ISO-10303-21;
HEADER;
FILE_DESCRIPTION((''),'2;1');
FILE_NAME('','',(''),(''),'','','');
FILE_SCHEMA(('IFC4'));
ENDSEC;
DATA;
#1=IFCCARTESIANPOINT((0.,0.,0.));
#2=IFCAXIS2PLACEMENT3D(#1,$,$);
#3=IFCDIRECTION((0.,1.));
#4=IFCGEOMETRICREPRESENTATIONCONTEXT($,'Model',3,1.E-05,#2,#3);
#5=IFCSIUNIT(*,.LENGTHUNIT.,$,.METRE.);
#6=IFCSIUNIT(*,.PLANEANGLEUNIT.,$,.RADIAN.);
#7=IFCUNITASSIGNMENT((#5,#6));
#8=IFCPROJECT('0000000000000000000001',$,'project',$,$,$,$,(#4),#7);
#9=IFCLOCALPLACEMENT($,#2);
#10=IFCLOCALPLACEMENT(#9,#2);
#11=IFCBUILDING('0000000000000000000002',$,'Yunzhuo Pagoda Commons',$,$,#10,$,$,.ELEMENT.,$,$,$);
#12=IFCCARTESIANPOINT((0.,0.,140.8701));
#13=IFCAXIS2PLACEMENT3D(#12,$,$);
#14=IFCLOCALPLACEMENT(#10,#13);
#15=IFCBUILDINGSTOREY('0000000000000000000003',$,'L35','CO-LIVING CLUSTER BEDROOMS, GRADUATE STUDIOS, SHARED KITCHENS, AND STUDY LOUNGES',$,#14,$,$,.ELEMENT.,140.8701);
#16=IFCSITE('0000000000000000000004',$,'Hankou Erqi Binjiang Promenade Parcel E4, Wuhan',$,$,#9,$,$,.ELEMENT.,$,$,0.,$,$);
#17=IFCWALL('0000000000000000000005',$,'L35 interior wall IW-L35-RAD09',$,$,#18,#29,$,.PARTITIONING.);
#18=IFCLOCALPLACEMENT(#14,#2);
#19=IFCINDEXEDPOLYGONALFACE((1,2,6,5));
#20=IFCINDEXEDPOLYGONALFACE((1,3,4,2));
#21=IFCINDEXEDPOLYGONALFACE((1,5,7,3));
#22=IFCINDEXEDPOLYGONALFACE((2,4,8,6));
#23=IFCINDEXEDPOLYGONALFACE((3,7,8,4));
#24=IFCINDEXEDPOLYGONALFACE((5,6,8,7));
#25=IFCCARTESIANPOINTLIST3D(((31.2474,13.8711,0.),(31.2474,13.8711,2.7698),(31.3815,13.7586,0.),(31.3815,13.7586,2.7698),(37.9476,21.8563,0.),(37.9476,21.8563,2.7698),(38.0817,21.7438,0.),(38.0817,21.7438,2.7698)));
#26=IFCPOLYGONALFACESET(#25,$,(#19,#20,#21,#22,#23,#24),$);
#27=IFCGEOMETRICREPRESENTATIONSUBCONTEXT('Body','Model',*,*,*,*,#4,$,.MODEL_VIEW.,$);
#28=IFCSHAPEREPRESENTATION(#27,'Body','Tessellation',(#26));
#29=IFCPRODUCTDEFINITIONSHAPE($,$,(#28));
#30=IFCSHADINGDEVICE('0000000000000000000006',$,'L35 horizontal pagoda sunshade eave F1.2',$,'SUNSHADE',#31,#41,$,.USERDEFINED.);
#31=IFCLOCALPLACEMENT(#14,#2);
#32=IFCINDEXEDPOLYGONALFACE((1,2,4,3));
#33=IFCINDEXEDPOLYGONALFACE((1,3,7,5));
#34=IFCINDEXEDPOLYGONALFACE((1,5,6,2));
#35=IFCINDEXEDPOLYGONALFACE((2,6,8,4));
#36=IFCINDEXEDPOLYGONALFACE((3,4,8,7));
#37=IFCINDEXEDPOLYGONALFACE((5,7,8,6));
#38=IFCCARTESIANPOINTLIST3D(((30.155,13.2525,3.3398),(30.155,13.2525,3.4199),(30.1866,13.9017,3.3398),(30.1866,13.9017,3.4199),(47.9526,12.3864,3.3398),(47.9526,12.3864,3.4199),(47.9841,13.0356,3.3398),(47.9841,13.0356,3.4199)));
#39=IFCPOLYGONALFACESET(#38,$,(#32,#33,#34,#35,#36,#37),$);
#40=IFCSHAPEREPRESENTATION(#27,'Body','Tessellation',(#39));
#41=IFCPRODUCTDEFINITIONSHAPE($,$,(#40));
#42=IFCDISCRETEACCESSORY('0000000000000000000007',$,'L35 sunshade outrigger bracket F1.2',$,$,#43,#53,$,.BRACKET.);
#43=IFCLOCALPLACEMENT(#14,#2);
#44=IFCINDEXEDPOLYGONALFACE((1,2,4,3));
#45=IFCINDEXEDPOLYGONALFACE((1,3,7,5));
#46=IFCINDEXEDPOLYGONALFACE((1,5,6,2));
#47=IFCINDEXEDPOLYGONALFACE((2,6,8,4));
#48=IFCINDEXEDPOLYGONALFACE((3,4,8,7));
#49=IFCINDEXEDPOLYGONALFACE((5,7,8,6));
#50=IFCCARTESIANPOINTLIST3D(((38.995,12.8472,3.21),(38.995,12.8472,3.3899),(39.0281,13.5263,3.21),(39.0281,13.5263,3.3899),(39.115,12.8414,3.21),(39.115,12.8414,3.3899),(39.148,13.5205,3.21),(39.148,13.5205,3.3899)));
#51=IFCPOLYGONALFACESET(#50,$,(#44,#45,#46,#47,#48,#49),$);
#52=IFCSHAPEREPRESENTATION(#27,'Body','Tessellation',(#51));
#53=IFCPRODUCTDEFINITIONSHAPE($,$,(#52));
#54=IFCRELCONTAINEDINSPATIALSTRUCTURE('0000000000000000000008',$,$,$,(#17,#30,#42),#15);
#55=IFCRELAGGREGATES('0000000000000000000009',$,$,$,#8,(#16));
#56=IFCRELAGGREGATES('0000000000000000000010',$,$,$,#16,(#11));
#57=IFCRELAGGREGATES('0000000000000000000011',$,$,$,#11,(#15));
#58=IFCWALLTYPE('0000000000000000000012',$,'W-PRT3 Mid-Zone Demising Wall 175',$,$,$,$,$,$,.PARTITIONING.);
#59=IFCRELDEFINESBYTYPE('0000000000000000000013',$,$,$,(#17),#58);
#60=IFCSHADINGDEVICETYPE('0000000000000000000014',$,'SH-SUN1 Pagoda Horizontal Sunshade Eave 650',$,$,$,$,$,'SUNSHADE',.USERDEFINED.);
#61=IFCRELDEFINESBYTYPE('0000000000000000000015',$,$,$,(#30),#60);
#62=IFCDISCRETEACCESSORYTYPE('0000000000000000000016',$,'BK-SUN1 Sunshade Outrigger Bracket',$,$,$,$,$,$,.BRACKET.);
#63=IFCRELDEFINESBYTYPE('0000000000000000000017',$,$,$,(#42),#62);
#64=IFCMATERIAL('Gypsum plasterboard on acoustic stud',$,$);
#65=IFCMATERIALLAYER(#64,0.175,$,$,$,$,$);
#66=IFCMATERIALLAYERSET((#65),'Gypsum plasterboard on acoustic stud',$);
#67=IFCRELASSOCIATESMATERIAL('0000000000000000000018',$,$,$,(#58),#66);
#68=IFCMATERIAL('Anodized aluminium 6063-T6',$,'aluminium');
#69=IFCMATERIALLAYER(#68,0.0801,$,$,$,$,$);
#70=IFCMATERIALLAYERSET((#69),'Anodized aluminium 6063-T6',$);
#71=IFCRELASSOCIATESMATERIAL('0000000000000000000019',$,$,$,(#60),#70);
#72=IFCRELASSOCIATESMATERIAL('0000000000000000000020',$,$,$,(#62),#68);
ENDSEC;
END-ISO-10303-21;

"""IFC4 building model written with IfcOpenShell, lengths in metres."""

from ifc_helpers import new_model, si_unit, direction, frame, frame_2d, origin, origin_2d, place, context, subcontext, project, spatial, rectangle, extrude, source, transform, mapped, material, layer, layer_set, type_object, element, save


model = new_model("IFC4")

# Units and contexts
model_context = context("Model", 3, precision=1e-05, world=origin(), true_north=direction((0.0, 1.0)))
body_context = subcontext(model_context, "Body", "Model", "MODEL_VIEW")
ifc_project = project(units=[si_unit("LENGTHUNIT", "METRE"), si_unit("PLANEANGLEUNIT", "RADIAN")], contexts=[model_context])

# Site, building, storey
site_placement = place(None, origin())
site = spatial("IfcSite", under=ifc_project, at=site_placement, Name="Hankou Erqi Binjiang Promenade Parcel E4, Wuhan", CompositionType="ELEMENT", RefElevation=0.0)
building_placement = place(site_placement, origin())
building = spatial("IfcBuilding", under=site, at=building_placement, Name="Yunzhuo Pagoda Commons", CompositionType="ELEMENT")
storey_placement = place(building_placement, frame((0.0, 0.0, 140.8701)))
storey = spatial("IfcBuildingStorey", under=building, at=storey_placement, Name="L35", Description="CO-LIVING CLUSTER BEDROOMS, GRADUATE STUDIOS, SHARED KITCHENS, AND STUDY LOUNGES", CompositionType="ELEMENT", Elevation=140.8701)

# Shared definitions
ifc_material_1 = material(Name="Anodized aluminium 6063-T6", Category="aluminium")

# Wall
ifc_material_2 = material(Name="Gypsum plasterboard on acoustic stud")
ifc_layer_1 = layer(ifc_material_2, 0.175)
ifc_layer_set_1 = layer_set([ifc_layer_1], Name="Gypsum plasterboard on acoustic stud")
wall_type_1 = type_object("IfcWallType", Name="W-PRT3 Mid-Zone Demising Wall 175", PredefinedType="PARTITIONING", material=ifc_layer_set_1)
wall_1_placement = place(storey_placement, frame((38.0146, 21.8, 0.0), z_axis=(0.0, 0.0, 1.0), x_axis=(-0.642782, -0.766049, 0.0)))
element("IfcWall", 1, at=wall_1_placement, inside=storey, type_object=wall_type_1, Name="L35 interior wall IW-L35-RAD09", PredefinedType="PARTITIONING", context=body_context, shape_type="SweptSolid", body=[
    extrude(rectangle(XDim=10.4238, YDim=0.175, at=frame_2d((5.2119, 0.0))), origin(), (0.0, 0.0, 1.0), 2.7698),
])

# Shading device
ifc_layer_2 = layer(ifc_material_1, 0.0801)
ifc_layer_set_2 = layer_set([ifc_layer_2], Name="Anodized aluminium 6063-T6")
shading_device_type = type_object("IfcShadingDeviceType", Name="SH-SUN1 Pagoda Horizontal Sunshade Eave 650", ElementType="SUNSHADE", PredefinedType="USERDEFINED", material=ifc_layer_set_2)
shared_shape_1 = source(origin(), body_context, "Body", "SweptSolid", [
    extrude(rectangle(XDim=17.8186, YDim=0.6499, at=origin_2d()), origin(), (0.0, 0.0, 1.0), 0.0801),
])
shading_device_placement = place(storey_placement, frame((39.0696, 13.144, 3.3398), z_axis=(0.0, 0.0, 1.0), x_axis=(0.998818, -0.048606, 0.0)))
element("IfcShadingDevice", 2, at=shading_device_placement, inside=storey, type_object=shading_device_type, Name="L35 horizontal pagoda sunshade eave F1.2", ObjectType="SUNSHADE", PredefinedType="USERDEFINED", context=body_context, shape_type="MappedRepresentation", body=[
    mapped(shared_shape_1, transform((0.0, 0.0, 0.0), scale=1.0)),
])

# Discrete accessory
discrete_accessory_type = type_object("IfcDiscreteAccessoryType", Name="BK-SUN1 Sunshade Outrigger Bracket", PredefinedType="BRACKET", material=ifc_material_1)
shared_shape_2 = source(origin(), body_context, "Body", "SweptSolid", [
    extrude(rectangle(XDim=0.1201, YDim=0.6799, at=origin_2d()), origin(), (0.0, 0.0, 1.0), 0.1799),
])
discrete_accessory_placement = place(storey_placement, frame((39.0715, 13.1838, 3.21), z_axis=(0.0, 0.0, 1.0), x_axis=(0.998818, -0.048606, 0.0)))
element("IfcDiscreteAccessory", 3, at=discrete_accessory_placement, inside=storey, type_object=discrete_accessory_type, Name="L35 sunshade outrigger bracket F1.2", PredefinedType="BRACKET", context=body_context, shape_type="MappedRepresentation", body=[
    mapped(shared_shape_2, transform((0.0, 0.0, 0.0), scale=1.0)),
])

save(model, "model.ifc")
